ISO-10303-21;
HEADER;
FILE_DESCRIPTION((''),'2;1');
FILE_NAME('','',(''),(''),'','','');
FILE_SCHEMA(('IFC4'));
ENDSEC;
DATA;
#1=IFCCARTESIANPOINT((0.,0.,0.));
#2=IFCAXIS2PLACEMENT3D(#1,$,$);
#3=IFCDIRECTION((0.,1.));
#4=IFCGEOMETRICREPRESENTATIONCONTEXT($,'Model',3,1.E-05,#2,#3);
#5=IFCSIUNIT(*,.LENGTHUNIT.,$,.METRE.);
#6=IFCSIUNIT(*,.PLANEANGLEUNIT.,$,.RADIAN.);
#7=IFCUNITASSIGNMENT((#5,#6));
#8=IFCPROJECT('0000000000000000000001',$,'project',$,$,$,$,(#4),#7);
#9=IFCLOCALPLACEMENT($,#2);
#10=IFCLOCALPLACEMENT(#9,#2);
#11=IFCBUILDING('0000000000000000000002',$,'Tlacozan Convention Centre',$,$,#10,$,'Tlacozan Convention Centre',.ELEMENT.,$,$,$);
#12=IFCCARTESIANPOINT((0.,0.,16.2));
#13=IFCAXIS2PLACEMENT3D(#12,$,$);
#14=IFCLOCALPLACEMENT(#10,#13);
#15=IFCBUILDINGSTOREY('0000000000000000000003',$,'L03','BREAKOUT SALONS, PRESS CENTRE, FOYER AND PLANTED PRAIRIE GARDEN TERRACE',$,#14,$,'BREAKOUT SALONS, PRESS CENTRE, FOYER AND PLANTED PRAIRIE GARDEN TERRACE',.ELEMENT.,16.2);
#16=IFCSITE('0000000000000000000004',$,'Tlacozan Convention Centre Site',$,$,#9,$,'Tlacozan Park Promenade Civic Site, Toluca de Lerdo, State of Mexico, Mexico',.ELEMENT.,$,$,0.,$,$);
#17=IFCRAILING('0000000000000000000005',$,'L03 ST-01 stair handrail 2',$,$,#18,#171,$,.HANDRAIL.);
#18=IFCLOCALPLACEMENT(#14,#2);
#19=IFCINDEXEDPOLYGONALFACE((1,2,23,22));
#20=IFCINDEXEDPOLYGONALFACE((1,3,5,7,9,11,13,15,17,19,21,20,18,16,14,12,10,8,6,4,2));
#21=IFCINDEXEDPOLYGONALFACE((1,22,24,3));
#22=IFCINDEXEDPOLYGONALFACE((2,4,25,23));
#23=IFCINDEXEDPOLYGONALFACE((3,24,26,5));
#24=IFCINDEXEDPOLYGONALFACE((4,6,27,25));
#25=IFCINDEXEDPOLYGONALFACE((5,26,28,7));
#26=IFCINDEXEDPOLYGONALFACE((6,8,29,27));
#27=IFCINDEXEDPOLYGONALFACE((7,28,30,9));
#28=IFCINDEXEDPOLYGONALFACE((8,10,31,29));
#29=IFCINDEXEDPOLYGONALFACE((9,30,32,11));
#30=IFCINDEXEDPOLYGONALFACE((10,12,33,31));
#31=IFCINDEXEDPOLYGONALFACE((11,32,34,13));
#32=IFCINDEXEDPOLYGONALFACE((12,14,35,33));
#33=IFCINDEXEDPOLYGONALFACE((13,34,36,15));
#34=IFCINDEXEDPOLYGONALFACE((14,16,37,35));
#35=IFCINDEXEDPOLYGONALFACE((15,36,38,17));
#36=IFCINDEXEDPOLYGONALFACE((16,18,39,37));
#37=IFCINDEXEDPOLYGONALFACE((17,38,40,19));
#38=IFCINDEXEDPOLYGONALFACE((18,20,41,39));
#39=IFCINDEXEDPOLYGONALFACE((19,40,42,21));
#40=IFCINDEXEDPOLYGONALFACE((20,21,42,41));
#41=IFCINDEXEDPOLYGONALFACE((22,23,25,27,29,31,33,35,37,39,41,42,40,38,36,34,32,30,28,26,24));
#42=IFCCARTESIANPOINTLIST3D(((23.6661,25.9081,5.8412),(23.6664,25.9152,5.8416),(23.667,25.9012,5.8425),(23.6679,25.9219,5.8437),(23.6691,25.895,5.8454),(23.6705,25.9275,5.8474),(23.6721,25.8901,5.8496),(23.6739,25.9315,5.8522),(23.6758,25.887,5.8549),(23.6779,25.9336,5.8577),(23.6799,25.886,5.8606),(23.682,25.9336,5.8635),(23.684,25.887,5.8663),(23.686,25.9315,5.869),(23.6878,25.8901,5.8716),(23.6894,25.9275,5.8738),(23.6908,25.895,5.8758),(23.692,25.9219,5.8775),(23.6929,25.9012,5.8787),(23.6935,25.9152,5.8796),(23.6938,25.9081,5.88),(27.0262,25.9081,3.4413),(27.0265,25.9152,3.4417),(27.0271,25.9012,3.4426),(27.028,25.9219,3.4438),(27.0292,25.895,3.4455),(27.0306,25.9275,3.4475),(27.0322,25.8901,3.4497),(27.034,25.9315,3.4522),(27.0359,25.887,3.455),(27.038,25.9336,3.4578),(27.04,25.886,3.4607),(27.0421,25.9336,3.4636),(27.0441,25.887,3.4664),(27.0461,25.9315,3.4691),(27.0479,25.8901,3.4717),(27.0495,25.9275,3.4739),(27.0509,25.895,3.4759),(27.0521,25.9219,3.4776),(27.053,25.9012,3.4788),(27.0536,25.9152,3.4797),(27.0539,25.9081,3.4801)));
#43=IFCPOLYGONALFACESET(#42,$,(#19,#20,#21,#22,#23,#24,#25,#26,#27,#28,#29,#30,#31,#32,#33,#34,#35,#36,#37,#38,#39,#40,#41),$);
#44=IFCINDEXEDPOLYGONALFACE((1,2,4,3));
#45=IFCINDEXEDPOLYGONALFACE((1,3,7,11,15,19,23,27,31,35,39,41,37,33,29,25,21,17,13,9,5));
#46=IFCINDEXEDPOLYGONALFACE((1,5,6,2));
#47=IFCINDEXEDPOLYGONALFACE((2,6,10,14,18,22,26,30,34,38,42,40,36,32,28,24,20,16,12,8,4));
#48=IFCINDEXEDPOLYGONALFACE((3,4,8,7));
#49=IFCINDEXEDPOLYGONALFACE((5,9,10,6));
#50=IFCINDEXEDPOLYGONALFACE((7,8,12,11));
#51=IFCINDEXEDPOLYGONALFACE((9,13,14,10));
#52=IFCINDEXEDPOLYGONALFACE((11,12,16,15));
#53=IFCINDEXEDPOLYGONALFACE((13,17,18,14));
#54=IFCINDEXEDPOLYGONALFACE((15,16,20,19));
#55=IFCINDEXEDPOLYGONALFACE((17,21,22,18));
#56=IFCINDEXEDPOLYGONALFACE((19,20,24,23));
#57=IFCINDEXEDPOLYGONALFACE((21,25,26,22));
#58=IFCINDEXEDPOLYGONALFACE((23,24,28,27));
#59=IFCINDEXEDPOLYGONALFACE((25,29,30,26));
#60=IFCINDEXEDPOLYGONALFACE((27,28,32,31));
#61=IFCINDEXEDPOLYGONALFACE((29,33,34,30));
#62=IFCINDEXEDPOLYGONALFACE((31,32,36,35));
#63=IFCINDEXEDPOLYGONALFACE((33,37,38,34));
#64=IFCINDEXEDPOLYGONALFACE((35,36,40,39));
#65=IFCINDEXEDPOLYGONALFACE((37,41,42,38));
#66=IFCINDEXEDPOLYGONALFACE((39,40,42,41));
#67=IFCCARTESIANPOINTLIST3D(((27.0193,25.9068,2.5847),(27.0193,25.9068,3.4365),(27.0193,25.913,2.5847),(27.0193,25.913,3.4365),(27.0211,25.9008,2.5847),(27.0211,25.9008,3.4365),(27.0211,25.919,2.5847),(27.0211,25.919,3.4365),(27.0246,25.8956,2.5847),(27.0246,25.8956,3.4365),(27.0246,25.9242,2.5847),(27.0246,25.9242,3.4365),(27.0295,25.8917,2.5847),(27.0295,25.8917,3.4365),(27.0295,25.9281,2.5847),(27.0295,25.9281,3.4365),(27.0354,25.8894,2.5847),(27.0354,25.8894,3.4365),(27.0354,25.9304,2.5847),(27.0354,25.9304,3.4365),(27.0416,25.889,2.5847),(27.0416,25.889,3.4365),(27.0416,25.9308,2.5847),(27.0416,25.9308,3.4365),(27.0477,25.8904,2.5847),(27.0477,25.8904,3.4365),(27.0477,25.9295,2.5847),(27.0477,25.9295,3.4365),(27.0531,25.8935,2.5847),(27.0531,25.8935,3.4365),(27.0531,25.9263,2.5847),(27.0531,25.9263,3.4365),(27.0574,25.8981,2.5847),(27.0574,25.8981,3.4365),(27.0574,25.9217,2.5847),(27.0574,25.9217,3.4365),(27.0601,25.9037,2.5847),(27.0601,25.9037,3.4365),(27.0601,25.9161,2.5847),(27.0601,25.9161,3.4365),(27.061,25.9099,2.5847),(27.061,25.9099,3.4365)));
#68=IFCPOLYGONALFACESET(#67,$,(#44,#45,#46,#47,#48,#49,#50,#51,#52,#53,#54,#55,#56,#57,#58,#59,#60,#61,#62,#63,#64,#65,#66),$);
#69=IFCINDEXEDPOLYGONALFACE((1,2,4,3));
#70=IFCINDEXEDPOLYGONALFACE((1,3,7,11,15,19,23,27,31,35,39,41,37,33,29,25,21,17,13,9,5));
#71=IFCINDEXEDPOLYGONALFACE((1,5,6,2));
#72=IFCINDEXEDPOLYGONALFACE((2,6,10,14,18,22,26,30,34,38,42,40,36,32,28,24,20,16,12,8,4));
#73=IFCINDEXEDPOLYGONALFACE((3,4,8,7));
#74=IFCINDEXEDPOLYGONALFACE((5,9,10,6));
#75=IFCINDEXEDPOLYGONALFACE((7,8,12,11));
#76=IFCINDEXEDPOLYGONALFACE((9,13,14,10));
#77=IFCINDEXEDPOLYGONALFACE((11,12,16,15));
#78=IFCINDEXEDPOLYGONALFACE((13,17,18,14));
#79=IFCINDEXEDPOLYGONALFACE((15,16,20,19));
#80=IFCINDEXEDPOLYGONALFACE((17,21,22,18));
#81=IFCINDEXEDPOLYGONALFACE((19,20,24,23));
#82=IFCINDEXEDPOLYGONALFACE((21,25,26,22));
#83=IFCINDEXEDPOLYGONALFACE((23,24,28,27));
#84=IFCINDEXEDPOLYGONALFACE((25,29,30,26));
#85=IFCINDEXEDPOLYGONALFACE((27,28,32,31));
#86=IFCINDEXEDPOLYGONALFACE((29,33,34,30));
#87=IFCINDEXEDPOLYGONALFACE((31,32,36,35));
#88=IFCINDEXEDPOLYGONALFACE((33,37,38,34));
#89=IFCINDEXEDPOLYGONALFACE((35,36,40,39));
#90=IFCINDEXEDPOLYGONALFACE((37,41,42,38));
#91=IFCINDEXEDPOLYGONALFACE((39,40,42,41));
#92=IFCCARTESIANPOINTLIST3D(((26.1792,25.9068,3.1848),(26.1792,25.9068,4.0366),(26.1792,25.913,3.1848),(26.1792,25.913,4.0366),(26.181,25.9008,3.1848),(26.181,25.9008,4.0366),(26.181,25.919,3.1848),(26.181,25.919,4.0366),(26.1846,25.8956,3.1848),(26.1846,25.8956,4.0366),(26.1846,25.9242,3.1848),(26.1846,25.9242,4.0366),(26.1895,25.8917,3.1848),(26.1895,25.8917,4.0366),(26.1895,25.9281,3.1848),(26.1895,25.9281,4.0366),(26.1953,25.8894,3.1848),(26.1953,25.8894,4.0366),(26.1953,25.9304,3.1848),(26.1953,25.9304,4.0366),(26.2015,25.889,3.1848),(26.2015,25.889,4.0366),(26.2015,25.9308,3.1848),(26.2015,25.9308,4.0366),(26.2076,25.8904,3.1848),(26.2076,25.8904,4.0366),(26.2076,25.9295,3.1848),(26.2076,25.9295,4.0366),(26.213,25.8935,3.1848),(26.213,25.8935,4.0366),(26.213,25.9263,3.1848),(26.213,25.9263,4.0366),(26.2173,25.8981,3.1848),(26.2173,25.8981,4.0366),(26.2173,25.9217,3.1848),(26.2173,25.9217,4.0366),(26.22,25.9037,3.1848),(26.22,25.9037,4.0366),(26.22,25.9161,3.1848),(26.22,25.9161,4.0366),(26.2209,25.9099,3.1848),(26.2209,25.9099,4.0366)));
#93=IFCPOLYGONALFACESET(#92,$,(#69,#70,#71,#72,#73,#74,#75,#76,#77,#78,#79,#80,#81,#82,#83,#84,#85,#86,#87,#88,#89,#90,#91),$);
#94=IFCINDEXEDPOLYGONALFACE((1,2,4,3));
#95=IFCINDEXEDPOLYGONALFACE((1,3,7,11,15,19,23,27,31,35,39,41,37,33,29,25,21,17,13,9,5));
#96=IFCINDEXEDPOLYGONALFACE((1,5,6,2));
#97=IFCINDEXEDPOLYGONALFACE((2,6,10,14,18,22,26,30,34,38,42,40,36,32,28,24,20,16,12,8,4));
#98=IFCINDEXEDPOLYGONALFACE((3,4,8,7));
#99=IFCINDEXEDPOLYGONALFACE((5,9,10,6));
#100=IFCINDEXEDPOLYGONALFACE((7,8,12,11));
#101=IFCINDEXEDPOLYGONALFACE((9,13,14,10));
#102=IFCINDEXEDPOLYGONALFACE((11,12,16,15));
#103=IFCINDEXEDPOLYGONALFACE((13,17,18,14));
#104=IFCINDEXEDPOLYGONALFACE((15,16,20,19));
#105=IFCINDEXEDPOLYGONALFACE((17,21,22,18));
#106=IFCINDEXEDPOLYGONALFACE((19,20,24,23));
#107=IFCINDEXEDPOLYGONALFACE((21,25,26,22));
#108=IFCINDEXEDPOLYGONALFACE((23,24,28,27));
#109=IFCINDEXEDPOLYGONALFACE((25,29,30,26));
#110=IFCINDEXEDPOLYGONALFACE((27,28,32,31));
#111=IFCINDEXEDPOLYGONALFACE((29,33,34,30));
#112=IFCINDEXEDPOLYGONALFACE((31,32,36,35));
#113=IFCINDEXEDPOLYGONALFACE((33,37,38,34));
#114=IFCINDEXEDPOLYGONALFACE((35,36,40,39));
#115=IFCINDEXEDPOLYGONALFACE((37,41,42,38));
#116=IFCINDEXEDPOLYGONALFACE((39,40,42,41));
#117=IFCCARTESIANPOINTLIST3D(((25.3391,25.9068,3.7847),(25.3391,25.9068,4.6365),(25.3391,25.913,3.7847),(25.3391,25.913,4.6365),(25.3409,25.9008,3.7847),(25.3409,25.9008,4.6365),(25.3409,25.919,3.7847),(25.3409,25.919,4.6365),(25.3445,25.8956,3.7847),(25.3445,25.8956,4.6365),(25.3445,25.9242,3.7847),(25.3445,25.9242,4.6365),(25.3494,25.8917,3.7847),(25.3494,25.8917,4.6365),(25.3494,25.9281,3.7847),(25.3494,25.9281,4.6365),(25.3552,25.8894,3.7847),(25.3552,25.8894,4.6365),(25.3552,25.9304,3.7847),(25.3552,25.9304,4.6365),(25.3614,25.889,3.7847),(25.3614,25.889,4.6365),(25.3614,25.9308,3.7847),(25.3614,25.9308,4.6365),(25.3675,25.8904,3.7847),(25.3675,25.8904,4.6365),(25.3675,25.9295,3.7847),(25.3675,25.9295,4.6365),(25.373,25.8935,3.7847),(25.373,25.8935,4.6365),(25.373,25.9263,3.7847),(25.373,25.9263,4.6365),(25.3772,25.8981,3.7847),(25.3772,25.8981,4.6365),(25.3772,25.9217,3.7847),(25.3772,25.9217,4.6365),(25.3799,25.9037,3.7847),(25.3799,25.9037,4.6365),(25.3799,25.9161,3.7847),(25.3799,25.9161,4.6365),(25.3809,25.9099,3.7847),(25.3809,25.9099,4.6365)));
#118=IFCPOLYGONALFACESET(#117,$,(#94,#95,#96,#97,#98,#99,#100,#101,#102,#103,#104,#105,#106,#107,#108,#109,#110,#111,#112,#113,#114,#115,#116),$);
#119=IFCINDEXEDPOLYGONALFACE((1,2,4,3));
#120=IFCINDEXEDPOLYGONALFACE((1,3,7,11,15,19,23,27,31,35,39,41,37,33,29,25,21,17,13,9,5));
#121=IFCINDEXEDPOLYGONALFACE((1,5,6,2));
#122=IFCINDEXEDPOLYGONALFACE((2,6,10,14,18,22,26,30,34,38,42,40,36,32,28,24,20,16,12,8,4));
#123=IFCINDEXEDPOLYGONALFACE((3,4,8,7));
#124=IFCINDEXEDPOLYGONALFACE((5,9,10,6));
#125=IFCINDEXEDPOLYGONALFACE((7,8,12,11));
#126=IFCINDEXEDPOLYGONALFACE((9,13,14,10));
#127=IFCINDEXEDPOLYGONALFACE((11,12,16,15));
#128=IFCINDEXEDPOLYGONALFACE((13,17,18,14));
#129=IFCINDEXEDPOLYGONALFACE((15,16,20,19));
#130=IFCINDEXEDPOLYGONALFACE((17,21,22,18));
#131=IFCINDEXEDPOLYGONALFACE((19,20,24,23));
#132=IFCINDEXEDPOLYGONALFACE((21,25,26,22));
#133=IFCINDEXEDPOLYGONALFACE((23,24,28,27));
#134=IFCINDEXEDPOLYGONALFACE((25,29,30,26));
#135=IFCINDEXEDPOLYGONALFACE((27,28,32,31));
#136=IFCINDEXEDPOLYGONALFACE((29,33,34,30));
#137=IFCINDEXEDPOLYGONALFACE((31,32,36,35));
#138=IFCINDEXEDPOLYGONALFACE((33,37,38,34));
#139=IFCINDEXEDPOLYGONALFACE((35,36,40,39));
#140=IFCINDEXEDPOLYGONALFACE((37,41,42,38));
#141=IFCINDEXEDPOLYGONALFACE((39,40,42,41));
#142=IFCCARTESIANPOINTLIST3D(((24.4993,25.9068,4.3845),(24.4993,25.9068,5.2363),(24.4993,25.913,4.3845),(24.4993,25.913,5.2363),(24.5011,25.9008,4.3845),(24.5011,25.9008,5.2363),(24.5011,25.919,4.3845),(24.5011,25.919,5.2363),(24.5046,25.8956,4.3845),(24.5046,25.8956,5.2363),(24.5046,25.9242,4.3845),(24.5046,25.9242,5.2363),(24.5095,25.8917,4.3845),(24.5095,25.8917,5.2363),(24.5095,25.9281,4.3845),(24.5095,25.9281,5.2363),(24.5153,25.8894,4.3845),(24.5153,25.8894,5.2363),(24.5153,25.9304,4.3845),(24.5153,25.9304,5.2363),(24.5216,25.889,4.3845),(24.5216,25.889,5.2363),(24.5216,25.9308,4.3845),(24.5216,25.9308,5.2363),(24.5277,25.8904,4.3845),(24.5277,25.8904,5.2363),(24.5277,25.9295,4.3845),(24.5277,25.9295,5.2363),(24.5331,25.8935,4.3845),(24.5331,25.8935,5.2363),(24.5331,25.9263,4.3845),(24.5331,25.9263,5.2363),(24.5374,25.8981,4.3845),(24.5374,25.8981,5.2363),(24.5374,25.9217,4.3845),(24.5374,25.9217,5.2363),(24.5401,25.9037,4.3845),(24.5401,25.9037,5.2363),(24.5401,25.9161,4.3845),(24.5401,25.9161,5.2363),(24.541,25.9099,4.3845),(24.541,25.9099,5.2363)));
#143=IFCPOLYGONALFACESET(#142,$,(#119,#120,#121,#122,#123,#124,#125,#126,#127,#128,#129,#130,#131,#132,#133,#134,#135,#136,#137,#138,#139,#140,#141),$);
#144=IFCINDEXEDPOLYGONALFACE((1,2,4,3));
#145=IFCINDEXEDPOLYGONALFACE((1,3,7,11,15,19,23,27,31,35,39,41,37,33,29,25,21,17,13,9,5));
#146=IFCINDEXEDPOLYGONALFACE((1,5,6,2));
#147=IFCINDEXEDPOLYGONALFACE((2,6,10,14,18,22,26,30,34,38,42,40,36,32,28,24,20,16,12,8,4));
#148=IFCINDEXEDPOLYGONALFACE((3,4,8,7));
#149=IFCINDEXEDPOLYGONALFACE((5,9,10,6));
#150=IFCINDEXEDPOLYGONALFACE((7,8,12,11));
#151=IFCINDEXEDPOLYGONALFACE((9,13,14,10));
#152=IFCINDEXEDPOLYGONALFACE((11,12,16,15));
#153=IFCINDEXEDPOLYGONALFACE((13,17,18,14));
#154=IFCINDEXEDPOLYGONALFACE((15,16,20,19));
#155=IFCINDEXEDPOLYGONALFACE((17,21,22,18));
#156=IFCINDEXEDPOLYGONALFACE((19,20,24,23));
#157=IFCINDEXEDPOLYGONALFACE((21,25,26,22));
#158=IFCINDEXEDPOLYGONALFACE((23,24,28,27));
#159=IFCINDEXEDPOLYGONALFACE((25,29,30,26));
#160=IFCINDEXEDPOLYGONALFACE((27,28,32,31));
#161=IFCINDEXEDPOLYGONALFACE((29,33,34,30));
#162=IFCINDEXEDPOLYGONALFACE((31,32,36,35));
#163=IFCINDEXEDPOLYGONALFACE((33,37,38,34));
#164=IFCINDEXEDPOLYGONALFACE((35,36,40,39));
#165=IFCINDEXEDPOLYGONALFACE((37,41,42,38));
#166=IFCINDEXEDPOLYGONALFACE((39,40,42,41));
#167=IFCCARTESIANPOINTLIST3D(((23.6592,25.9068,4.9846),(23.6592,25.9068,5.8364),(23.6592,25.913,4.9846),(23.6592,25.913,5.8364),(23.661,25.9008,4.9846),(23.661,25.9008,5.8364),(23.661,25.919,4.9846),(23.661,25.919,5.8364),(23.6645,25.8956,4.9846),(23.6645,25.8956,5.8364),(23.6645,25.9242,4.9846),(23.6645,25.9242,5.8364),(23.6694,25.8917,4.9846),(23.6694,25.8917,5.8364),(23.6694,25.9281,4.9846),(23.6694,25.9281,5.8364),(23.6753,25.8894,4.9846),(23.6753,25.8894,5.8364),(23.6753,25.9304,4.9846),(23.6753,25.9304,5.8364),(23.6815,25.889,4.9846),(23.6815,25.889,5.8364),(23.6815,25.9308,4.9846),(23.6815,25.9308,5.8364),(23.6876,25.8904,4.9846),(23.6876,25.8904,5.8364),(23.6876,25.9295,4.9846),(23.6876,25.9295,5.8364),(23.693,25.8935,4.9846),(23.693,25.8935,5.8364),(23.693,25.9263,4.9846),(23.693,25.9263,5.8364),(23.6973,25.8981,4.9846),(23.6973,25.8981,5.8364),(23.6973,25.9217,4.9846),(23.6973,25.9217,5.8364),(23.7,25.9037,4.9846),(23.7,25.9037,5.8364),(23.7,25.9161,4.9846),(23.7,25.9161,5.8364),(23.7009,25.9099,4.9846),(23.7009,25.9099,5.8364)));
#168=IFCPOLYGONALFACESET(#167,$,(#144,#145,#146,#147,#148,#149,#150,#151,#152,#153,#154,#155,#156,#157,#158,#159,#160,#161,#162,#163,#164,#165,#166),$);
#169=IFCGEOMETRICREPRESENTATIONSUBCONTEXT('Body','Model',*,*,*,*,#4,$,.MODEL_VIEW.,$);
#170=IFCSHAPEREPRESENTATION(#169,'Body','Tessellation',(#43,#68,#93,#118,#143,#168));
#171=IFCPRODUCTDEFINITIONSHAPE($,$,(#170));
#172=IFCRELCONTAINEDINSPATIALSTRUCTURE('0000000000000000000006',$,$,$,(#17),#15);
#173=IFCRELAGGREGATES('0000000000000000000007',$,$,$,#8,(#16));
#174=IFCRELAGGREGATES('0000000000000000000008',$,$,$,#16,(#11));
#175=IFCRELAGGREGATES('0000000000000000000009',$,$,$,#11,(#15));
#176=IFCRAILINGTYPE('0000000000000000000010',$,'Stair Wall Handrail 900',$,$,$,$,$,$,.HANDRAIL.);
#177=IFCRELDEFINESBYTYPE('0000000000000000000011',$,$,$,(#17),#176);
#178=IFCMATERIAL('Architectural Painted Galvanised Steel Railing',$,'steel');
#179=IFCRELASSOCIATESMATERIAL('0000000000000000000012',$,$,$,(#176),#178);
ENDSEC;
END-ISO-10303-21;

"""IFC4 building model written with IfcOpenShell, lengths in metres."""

from ifc_helpers import new_model, si_unit, direction, frame, origin, origin_2d, place, context, subcontext, project, spatial, circle, extrude, material, type_object, element, save


model = new_model("IFC4")

# Units and contexts
model_context = context("Model", 3, precision=1e-05, world=origin(), true_north=direction((0.0, 1.0)))
body_context = subcontext(model_context, "Body", "Model", "MODEL_VIEW")
ifc_project = project(units=[si_unit("LENGTHUNIT", "METRE"), si_unit("PLANEANGLEUNIT", "RADIAN")], contexts=[model_context])

# Site, building, storey
site_placement = place(None, origin())
site = spatial("IfcSite", under=ifc_project, at=site_placement, Name="Tlacozan Convention Centre Site", LongName="Tlacozan Park Promenade Civic Site, Toluca de Lerdo, State of Mexico, Mexico", CompositionType="ELEMENT", RefElevation=0.0)
building_placement = place(site_placement, origin())
building = spatial("IfcBuilding", under=site, at=building_placement, Name="Tlacozan Convention Centre", LongName="Tlacozan Convention Centre", CompositionType="ELEMENT")
storey_placement = place(building_placement, frame((0.0, 0.0, 16.2)))
storey = spatial("IfcBuildingStorey", under=building, at=storey_placement, Name="L03", Description="BREAKOUT SALONS, PRESS CENTRE, FOYER AND PLANTED PRAIRIE GARDEN TERRACE", LongName="BREAKOUT SALONS, PRESS CENTRE, FOYER AND PLANTED PRAIRIE GARDEN TERRACE", CompositionType="ELEMENT", Elevation=16.2)

# Railing
ifc_material_1 = material(Name="Architectural Painted Galvanised Steel Railing", Category="steel")
railing_type_1 = type_object("IfcRailingType", Name="Stair Wall Handrail 900", PredefinedType="HANDRAIL", material=ifc_material_1)
railing_1_placement = place(storey_placement, frame((27.04, 25.9099, 2.5847)))
element("IfcRailing", 1, at=railing_1_placement, inside=storey, type_object=railing_type_1, Name="L03 ST-01 stair handrail 2", PredefinedType="HANDRAIL", context=body_context, shape_type="SweptSolid", body=[
    extrude(circle(Radius=0.0239, at=origin_2d()), frame((0.0, 0.0, 0.876), z_axis=(-0.813753, 0.0, 0.58121), x_axis=(0.0, -1.0, 0.0)), (0.0, 0.0, 1.0), 4.1292),
    extrude(circle(Radius=0.021, at=origin_2d()), origin(), (0.0, 0.0, 1.0), 0.8518),
    extrude(circle(Radius=0.021, at=origin_2d()), frame((-0.8401, 0.0, 0.6001)), (0.0, 0.0, 1.0), 0.8518),
    extrude(circle(Radius=0.021, at=origin_2d()), frame((-1.6802, 0.0, 1.2)), (0.0, 0.0, 1.0), 0.8518),
    extrude(circle(Radius=0.021, at=origin_2d()), frame((-2.52, 0.0, 1.7998)), (0.0, 0.0, 1.0), 0.8518),
    extrude(circle(Radius=0.021, at=origin_2d()), frame((-3.3601, 0.0, 2.3999)), (0.0, 0.0, 1.0), 0.8518),
])

save(model, "model.ifc")
